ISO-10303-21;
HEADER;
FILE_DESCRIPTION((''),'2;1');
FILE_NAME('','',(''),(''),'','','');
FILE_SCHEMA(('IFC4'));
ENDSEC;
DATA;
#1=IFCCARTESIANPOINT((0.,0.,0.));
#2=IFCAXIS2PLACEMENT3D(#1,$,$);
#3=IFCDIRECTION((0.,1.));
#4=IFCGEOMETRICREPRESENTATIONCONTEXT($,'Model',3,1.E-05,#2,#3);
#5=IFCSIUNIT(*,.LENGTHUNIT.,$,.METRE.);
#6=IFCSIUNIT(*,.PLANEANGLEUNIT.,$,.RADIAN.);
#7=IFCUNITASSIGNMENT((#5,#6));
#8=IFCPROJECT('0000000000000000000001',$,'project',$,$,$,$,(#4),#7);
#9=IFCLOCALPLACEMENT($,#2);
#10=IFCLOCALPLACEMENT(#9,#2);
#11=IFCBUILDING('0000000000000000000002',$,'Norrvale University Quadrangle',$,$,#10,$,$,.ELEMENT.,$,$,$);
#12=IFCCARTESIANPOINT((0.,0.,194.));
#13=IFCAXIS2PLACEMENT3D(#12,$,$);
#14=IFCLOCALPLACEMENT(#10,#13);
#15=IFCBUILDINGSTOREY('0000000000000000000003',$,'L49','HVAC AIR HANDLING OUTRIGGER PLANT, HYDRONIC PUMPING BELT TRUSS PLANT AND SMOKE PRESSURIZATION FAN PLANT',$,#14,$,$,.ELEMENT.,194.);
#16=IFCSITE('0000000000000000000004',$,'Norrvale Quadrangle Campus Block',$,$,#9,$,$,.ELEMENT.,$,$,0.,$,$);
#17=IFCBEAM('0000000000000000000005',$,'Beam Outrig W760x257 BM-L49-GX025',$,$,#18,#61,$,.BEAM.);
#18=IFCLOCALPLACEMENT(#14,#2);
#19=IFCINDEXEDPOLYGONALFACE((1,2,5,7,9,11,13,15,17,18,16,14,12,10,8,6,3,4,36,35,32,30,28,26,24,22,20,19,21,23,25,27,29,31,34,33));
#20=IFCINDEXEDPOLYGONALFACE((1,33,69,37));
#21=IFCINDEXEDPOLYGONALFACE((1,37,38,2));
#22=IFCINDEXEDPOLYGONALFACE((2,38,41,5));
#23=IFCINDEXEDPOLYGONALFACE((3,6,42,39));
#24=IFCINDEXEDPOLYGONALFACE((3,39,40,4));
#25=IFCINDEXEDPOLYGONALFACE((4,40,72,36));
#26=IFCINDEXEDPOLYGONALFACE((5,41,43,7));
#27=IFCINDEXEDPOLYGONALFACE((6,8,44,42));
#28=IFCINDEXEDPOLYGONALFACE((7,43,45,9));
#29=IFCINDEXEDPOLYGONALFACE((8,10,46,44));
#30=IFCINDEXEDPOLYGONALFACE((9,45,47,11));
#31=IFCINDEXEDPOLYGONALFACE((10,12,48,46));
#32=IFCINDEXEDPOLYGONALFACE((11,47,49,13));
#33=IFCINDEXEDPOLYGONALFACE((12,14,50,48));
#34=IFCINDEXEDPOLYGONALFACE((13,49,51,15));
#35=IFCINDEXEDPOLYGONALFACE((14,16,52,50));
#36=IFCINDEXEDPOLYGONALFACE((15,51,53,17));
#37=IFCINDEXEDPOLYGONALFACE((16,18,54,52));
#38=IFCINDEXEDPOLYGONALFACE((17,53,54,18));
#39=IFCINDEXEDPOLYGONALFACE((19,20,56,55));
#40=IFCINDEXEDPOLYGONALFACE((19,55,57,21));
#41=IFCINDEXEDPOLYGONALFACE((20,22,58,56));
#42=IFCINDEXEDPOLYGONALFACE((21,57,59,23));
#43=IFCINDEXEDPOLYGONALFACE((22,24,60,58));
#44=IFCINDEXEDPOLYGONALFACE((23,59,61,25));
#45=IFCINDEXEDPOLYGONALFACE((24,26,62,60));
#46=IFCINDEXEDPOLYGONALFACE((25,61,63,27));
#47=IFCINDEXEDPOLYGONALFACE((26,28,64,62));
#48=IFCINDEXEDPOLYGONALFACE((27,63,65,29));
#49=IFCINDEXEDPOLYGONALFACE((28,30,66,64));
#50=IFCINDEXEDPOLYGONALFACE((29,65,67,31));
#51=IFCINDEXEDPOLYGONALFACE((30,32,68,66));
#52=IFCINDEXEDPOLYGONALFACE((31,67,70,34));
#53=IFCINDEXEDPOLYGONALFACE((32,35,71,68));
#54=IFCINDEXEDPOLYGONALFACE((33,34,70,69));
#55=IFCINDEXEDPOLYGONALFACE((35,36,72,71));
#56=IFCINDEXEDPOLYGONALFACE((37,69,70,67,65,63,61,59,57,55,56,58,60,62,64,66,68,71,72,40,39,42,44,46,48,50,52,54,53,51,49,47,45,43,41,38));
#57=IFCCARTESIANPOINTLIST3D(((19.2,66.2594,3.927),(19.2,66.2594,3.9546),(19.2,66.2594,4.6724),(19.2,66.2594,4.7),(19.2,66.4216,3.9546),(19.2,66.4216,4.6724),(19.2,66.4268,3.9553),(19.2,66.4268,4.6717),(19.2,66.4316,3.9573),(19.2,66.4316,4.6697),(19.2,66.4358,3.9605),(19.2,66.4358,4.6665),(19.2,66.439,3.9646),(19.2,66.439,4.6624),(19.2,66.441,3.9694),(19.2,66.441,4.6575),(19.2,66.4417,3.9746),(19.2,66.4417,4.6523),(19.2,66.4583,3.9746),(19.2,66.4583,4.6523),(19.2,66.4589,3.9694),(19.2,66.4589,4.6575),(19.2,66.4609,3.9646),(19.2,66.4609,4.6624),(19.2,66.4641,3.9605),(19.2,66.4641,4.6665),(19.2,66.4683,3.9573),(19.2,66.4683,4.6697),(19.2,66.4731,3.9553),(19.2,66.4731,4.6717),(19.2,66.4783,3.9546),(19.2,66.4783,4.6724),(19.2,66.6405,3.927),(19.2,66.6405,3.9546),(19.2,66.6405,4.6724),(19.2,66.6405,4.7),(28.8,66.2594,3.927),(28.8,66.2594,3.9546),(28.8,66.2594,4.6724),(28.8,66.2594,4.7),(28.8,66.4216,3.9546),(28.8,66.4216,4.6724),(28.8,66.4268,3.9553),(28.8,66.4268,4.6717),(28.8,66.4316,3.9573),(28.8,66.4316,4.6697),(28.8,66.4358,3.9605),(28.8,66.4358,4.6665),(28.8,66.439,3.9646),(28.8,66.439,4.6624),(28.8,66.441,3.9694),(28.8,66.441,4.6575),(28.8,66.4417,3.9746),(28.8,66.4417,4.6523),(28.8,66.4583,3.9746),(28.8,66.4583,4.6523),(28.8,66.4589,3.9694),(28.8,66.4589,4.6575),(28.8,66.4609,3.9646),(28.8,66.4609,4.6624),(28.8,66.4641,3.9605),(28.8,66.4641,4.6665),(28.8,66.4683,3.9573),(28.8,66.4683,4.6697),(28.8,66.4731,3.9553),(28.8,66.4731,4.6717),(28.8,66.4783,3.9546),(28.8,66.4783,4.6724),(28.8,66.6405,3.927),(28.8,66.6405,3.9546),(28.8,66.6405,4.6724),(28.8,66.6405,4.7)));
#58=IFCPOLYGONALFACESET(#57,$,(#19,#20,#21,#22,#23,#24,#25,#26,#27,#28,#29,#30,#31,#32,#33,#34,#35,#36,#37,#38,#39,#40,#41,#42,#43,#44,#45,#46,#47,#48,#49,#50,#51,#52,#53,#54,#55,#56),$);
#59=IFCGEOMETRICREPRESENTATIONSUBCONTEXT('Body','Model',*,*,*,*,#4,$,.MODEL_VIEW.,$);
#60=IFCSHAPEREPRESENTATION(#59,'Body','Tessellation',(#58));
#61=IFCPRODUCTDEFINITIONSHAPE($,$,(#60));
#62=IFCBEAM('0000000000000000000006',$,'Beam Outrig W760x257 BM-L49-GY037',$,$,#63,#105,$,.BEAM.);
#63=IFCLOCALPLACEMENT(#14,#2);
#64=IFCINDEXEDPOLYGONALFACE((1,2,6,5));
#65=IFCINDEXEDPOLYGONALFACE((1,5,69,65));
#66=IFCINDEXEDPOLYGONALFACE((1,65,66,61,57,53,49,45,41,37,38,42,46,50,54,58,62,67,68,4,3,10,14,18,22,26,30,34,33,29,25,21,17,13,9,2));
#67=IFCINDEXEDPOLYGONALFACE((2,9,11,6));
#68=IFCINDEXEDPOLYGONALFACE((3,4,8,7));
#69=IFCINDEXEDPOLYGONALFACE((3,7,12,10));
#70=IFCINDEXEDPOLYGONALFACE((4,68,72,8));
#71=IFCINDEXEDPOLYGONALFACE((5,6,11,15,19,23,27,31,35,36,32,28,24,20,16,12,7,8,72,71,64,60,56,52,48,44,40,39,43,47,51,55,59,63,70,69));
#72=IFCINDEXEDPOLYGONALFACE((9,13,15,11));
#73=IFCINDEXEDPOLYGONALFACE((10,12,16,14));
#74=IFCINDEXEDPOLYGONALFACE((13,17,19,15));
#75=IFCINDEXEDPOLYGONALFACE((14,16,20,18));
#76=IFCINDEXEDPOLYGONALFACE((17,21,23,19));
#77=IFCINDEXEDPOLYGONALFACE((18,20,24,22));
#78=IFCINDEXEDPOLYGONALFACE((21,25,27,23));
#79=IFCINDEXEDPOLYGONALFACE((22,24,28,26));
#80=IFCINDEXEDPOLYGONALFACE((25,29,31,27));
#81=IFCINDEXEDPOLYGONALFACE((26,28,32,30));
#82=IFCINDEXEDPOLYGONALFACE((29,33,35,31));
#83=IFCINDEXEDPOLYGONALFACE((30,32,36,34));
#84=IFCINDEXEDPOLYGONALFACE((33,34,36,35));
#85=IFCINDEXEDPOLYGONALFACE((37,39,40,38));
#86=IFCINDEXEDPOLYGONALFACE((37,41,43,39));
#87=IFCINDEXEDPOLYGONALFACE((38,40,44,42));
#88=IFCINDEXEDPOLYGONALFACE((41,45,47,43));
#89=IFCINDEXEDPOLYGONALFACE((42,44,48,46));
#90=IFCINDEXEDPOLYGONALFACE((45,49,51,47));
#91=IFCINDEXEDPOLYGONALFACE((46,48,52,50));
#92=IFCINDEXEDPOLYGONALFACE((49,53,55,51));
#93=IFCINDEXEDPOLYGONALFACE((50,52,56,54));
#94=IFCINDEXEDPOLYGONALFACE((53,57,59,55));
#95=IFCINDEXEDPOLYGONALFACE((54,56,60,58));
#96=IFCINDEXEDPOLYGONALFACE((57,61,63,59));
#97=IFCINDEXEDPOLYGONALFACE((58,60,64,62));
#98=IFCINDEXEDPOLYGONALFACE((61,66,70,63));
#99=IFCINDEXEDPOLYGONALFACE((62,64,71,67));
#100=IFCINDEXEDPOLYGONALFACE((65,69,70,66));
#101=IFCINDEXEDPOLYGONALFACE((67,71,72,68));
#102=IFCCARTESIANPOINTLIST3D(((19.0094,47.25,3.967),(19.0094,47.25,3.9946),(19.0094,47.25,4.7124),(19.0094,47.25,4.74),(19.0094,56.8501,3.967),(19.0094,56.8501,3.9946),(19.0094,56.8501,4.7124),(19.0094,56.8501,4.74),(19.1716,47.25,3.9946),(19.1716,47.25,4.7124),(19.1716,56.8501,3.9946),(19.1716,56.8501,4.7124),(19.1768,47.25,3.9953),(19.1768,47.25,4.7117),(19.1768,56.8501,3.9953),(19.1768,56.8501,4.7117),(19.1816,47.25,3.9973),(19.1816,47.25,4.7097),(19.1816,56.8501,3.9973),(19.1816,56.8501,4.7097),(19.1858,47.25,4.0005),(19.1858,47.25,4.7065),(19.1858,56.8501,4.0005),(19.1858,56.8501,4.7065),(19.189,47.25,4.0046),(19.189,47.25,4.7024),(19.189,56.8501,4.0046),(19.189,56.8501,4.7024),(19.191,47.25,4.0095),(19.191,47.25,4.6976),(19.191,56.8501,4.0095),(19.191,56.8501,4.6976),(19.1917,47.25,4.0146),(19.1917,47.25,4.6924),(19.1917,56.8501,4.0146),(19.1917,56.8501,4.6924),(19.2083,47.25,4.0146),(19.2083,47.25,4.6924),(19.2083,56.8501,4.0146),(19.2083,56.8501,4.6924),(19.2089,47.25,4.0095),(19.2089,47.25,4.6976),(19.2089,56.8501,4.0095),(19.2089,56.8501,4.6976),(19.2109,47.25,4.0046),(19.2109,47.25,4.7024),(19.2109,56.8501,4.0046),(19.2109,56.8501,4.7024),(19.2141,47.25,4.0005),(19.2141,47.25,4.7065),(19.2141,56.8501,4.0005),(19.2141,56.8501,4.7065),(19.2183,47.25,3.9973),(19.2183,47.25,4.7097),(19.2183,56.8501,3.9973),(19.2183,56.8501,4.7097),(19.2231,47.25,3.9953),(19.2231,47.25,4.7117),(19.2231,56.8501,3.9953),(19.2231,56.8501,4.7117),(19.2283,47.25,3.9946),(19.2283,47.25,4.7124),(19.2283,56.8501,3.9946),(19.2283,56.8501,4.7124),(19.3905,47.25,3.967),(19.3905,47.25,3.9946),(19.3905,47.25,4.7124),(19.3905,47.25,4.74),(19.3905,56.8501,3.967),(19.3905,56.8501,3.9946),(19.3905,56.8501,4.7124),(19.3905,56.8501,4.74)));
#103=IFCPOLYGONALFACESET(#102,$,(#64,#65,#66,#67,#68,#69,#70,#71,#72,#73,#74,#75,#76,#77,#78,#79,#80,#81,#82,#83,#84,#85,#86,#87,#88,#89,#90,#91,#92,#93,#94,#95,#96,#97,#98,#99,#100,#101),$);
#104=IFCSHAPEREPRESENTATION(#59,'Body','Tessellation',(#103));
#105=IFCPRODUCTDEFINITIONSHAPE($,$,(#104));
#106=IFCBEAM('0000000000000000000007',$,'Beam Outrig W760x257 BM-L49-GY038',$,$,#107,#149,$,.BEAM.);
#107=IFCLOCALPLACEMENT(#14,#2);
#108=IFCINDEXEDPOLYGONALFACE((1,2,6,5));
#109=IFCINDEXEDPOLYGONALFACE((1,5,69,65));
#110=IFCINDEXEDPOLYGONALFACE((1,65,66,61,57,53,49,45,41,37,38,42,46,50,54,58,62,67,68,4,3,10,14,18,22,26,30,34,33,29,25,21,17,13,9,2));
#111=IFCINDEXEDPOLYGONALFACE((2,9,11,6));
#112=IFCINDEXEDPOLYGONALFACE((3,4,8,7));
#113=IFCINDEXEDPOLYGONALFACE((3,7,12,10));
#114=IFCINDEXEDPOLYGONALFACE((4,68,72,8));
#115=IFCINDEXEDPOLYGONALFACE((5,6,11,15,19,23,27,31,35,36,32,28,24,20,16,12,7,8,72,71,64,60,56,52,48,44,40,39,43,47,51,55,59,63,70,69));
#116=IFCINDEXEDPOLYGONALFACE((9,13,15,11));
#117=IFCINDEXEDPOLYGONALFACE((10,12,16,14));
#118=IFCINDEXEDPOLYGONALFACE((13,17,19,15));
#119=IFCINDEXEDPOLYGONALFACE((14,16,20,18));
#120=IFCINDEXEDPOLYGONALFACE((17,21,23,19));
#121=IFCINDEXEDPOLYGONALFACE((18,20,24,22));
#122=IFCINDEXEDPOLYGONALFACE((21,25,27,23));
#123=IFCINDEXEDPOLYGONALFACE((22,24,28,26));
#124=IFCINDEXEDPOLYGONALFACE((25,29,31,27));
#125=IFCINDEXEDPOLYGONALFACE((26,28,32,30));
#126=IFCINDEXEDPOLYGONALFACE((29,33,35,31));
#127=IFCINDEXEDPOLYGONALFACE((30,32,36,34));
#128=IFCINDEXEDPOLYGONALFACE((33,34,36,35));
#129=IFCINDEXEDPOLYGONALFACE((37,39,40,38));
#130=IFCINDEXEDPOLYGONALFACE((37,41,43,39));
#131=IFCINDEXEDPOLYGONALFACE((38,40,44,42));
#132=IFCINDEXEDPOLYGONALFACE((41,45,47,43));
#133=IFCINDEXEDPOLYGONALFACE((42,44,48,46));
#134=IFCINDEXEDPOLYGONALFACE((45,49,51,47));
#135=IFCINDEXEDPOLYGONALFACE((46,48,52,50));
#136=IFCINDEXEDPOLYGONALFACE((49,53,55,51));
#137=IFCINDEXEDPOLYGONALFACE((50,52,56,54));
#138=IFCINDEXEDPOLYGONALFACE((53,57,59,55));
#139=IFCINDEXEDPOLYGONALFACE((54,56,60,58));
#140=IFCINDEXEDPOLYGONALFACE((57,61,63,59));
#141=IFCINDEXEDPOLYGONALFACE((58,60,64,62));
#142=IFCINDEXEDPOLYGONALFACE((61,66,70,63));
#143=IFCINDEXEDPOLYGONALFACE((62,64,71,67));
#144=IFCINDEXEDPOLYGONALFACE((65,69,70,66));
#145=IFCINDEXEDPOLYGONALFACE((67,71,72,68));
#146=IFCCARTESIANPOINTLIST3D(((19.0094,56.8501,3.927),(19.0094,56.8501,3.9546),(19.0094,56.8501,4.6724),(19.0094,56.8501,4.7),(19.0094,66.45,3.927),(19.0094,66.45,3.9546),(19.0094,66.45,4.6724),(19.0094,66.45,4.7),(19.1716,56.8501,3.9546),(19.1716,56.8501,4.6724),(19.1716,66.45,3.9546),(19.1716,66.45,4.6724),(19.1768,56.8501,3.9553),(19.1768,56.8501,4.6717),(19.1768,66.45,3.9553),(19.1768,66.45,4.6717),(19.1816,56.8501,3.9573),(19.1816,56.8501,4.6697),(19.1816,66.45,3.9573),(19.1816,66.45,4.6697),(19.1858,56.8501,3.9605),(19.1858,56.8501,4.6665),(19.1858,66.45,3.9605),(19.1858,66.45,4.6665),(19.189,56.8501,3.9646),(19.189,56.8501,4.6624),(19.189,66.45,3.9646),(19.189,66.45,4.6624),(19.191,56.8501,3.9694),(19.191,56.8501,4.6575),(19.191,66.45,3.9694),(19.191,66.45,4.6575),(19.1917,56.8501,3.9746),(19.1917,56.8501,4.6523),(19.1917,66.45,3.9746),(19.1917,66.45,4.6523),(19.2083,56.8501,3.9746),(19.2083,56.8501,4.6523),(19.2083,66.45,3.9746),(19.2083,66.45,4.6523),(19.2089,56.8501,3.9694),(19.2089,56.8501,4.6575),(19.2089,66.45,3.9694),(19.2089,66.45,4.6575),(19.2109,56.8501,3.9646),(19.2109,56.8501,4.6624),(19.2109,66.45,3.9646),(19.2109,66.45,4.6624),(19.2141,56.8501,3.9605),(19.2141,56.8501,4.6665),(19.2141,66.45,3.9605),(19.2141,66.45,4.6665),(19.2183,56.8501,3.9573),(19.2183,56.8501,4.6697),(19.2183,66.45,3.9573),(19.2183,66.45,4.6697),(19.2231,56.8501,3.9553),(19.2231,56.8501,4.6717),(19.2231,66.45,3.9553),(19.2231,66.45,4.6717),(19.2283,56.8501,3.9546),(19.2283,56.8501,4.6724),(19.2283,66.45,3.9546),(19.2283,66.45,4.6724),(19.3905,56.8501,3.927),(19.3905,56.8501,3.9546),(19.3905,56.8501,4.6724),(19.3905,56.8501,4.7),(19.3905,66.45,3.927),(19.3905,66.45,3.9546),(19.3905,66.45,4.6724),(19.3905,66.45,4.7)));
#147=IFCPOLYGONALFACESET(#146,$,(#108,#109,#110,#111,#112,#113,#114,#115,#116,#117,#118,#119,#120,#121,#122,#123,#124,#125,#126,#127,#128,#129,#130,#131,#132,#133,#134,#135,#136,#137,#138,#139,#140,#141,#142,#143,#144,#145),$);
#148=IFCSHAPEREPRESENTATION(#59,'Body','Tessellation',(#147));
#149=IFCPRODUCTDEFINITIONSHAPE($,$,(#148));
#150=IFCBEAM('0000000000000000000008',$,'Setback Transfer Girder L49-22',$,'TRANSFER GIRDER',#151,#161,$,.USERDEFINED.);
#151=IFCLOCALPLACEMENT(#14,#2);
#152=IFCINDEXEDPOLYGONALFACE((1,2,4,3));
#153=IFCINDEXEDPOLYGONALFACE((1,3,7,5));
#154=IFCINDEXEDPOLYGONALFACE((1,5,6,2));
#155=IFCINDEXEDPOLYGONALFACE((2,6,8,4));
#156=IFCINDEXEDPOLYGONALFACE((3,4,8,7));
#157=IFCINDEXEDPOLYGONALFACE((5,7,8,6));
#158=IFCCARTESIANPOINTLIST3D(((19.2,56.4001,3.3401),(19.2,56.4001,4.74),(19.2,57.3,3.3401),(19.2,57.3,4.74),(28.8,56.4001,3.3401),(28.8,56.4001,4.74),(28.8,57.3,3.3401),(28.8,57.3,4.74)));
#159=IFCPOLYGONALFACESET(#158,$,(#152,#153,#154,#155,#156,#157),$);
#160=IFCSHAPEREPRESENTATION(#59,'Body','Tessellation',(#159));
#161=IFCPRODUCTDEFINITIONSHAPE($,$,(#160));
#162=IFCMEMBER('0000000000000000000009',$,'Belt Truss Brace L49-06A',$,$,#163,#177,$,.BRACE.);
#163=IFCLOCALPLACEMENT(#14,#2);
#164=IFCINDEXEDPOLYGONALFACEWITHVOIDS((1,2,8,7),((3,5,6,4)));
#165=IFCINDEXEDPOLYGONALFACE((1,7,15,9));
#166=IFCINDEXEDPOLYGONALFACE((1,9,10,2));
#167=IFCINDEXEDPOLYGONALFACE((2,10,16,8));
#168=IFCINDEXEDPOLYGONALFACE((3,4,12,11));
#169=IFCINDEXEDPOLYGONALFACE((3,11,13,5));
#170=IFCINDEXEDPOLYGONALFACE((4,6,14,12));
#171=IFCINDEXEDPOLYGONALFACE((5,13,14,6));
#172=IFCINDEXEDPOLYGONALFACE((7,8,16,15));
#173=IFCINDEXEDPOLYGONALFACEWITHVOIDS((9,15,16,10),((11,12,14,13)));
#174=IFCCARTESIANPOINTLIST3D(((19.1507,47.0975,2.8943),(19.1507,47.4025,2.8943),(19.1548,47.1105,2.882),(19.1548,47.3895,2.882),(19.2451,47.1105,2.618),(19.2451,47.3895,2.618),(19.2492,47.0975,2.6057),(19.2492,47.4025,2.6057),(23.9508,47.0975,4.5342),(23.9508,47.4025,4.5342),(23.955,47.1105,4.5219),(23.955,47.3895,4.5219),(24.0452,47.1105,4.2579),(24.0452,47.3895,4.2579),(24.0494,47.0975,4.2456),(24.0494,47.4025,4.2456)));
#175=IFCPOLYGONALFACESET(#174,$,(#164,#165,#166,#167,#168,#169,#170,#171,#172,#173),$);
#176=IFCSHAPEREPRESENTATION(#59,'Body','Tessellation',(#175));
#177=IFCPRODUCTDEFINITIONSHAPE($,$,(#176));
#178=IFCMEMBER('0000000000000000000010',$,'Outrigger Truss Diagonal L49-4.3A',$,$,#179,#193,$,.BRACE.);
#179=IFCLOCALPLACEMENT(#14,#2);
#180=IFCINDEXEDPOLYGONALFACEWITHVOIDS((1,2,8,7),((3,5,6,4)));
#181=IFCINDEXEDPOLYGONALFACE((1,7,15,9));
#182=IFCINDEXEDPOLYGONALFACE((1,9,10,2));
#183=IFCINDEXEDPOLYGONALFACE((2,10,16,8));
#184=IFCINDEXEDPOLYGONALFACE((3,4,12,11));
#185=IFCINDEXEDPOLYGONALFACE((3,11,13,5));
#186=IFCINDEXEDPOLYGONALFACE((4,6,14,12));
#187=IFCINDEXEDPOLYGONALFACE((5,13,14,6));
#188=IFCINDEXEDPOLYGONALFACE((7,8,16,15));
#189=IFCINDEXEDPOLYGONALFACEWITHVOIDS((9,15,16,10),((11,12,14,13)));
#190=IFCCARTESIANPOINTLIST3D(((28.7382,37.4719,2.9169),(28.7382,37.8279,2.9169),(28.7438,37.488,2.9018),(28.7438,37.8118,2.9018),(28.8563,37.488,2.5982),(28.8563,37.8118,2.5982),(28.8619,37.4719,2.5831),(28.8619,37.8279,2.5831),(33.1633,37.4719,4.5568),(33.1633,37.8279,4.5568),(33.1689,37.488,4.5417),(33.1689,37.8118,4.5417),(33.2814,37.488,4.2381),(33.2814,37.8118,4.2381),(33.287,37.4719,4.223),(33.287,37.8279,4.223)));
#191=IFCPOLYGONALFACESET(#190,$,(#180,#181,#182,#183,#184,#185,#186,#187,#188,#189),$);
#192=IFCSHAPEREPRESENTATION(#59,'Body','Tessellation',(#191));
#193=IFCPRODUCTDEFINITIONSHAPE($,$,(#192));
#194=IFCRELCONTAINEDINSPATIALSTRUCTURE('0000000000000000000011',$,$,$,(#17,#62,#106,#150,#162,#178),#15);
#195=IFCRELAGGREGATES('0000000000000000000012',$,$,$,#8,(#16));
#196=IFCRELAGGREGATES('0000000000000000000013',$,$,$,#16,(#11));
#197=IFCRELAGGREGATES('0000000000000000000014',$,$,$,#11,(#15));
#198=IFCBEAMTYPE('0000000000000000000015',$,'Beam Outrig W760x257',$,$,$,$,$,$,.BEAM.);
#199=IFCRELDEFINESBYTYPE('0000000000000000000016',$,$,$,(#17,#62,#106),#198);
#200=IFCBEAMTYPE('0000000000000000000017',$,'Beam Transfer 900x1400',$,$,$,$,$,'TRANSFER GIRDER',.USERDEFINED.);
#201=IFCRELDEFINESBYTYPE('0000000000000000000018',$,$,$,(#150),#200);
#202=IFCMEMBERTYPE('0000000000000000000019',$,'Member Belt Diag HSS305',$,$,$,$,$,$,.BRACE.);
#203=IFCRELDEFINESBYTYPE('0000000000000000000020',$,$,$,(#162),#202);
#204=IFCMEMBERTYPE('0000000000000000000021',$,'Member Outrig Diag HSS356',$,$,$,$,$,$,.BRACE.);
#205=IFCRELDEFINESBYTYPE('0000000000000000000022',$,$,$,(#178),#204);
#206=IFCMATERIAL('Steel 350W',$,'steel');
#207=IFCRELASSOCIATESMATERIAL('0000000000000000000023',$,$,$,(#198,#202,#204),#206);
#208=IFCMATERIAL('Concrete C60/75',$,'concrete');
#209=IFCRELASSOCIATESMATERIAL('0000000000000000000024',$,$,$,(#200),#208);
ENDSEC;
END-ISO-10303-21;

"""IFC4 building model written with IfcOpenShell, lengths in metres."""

from ifc_helpers import new_model, si_unit, direction, frame, origin, origin_2d, place, context, subcontext, project, spatial, rectangle, hollow_rectangle, i_section, extrude, material, material_profile, profile_set, type_object, element, save


model = new_model("IFC4")

# Units and contexts
model_context = context("Model", 3, precision=1e-05, world=origin(), true_north=direction((0.0, 1.0)))
body_context = subcontext(model_context, "Body", "Model", "MODEL_VIEW")
ifc_project = project(units=[si_unit("LENGTHUNIT", "METRE"), si_unit("PLANEANGLEUNIT", "RADIAN")], contexts=[model_context])

# Site, building, storey
site_placement = place(None, origin())
site = spatial("IfcSite", under=ifc_project, at=site_placement, Name="Norrvale Quadrangle Campus Block", CompositionType="ELEMENT", RefElevation=0.0)
building_placement = place(site_placement, origin())
building = spatial("IfcBuilding", under=site, at=building_placement, Name="Norrvale University Quadrangle", CompositionType="ELEMENT")
storey_placement = place(building_placement, frame((0.0, 0.0, 194.0)))
storey = spatial("IfcBuildingStorey", under=building, at=storey_placement, Name="L49", Description="HVAC AIR HANDLING OUTRIGGER PLANT, HYDRONIC PUMPING BELT TRUSS PLANT AND SMOKE PRESSURIZATION FAN PLANT", CompositionType="ELEMENT", Elevation=194.0)

# Shared definitions
ifc_material_1 = material(Name="Concrete C60/75", Category="concrete")

# Beams
ifc_material_2 = material(Name="Steel 350W", Category="steel")
ifc_material_profile_1 = material_profile(ifc_material_2, i_section(OverallWidth=0.3811, OverallDepth=0.7729, WebThickness=0.0166, FlangeThickness=0.0276, FilletRadius=0.02, at=origin_2d()), Name="Steel 350W")
ifc_profile_set_1 = profile_set([ifc_material_profile_1], Name="Steel 350W")
beam_type_1 = type_object("IfcBeamType", Name="Beam Outrig W760x257", PredefinedType="BEAM", material=ifc_profile_set_1)
for number, where, z_axis, x_axis, name in (
    (1, (19.2, 66.45, 4.3135), (1.0, 0.0, 0.0), (0.0, 1.0, 0.0), "Beam Outrig W760x257 BM-L49-GX025"),
    (2, (19.2, 47.25, 4.3535), (0.0, 1.0, 0.0), (-1.0, 0.0, 0.0), "Beam Outrig W760x257 BM-L49-GY037"),
):
    element("IfcBeam", number, at=place(storey_placement, frame(where, z_axis=z_axis, x_axis=x_axis)), inside=storey, type_object=beam_type_1, Name=name, PredefinedType="BEAM", context=body_context, shape_type="SweptSolid", body=[
        extrude(i_section(OverallWidth=0.3811, OverallDepth=0.7729, WebThickness=0.0166, FlangeThickness=0.0276, FilletRadius=0.02, at=origin_2d()), origin(), (0.0, 0.0, 1.0), 9.6001),
    ])
beam_1_placement = place(storey_placement, frame((19.2, 56.8501, 4.3135), z_axis=(0.0, 1.0, 0.0), x_axis=(-1.0, 0.0, 0.0)))
element("IfcBeam", 3, at=beam_1_placement, inside=storey, type_object=beam_type_1, Name="Beam Outrig W760x257 BM-L49-GY038", PredefinedType="BEAM", context=body_context, shape_type="SweptSolid", body=[
    extrude(i_section(OverallWidth=0.3811, OverallDepth=0.7729, WebThickness=0.0166, FlangeThickness=0.0276, FilletRadius=0.02, at=origin_2d()), origin(), (0.0, 0.0, 1.0), 9.5999),
])
ifc_material_profile_2 = material_profile(ifc_material_1, rectangle(XDim=0.8999, YDim=1.3999, at=origin_2d()), Name="Concrete C60/75")
ifc_profile_set_2 = profile_set([ifc_material_profile_2], Name="Concrete C60/75")
beam_type_2 = type_object("IfcBeamType", Name="Beam Transfer 900x1400", ElementType="TRANSFER GIRDER", PredefinedType="USERDEFINED", material=ifc_profile_set_2)
beam_2_placement = place(storey_placement, frame((19.2, 56.8501, 4.04), z_axis=(1.0, 0.0, 0.0), x_axis=(0.0, 1.0, 0.0)))
element("IfcBeam", 4, at=beam_2_placement, inside=storey, type_object=beam_type_2, Name="Setback Transfer Girder L49-22", ObjectType="TRANSFER GIRDER", PredefinedType="USERDEFINED", context=body_context, shape_type="SweptSolid", body=[
    extrude(rectangle(XDim=0.8999, YDim=1.3999, at=origin_2d()), origin(), (0.0, 0.0, 1.0), 9.6001),
])

# Members
ifc_material_profile_3 = material_profile(ifc_material_2, hollow_rectangle(XDim=0.3049, YDim=0.3049, WallThickness=0.0129, at=origin_2d()), Name="Steel 350W")
ifc_profile_set_3 = profile_set([ifc_material_profile_3], Name="Steel 350W")
member_type_1 = type_object("IfcMemberType", Name="Member Belt Diag HSS305", PredefinedType="BRACE", material=ifc_profile_set_3)
member_1_placement = place(storey_placement, frame((19.2, 47.25, 2.75), z_axis=(0.946299, 0.0, 0.323294), x_axis=(0.0, 1.0, 0.0)))
element("IfcMember", 5, at=member_1_placement, inside=storey, type_object=member_type_1, Name="Belt Truss Brace L49-06A", PredefinedType="BRACE", context=body_context, shape_type="SweptSolid", body=[
    extrude(hollow_rectangle(XDim=0.3049, YDim=0.3049, WallThickness=0.0129, at=origin_2d()), origin(), (0.0, 0.0, 1.0), 5.0725),
])
ifc_material_profile_4 = material_profile(ifc_material_2, hollow_rectangle(XDim=0.356, YDim=0.356, WallThickness=0.0161, at=origin_2d()), Name="Steel 350W")
ifc_profile_set_4 = profile_set([ifc_material_profile_4], Name="Steel 350W")
member_type_2 = type_object("IfcMemberType", Name="Member Outrig Diag HSS356", PredefinedType="BRACE", material=ifc_profile_set_4)
member_2_placement = place(storey_placement, frame((28.8, 37.6499, 2.75), z_axis=(0.937681, 0.0, 0.347498), x_axis=(0.0, 1.0, 0.0)))
element("IfcMember", 6, at=member_2_placement, inside=storey, type_object=member_type_2, Name="Outrigger Truss Diagonal L49-4.3A", PredefinedType="BRACE", context=body_context, shape_type="SweptSolid", body=[
    extrude(hollow_rectangle(XDim=0.356, YDim=0.356, WallThickness=0.0161, at=origin_2d()), origin(), (0.0, 0.0, 1.0), 4.7192),
])

save(model, "model.ifc")
